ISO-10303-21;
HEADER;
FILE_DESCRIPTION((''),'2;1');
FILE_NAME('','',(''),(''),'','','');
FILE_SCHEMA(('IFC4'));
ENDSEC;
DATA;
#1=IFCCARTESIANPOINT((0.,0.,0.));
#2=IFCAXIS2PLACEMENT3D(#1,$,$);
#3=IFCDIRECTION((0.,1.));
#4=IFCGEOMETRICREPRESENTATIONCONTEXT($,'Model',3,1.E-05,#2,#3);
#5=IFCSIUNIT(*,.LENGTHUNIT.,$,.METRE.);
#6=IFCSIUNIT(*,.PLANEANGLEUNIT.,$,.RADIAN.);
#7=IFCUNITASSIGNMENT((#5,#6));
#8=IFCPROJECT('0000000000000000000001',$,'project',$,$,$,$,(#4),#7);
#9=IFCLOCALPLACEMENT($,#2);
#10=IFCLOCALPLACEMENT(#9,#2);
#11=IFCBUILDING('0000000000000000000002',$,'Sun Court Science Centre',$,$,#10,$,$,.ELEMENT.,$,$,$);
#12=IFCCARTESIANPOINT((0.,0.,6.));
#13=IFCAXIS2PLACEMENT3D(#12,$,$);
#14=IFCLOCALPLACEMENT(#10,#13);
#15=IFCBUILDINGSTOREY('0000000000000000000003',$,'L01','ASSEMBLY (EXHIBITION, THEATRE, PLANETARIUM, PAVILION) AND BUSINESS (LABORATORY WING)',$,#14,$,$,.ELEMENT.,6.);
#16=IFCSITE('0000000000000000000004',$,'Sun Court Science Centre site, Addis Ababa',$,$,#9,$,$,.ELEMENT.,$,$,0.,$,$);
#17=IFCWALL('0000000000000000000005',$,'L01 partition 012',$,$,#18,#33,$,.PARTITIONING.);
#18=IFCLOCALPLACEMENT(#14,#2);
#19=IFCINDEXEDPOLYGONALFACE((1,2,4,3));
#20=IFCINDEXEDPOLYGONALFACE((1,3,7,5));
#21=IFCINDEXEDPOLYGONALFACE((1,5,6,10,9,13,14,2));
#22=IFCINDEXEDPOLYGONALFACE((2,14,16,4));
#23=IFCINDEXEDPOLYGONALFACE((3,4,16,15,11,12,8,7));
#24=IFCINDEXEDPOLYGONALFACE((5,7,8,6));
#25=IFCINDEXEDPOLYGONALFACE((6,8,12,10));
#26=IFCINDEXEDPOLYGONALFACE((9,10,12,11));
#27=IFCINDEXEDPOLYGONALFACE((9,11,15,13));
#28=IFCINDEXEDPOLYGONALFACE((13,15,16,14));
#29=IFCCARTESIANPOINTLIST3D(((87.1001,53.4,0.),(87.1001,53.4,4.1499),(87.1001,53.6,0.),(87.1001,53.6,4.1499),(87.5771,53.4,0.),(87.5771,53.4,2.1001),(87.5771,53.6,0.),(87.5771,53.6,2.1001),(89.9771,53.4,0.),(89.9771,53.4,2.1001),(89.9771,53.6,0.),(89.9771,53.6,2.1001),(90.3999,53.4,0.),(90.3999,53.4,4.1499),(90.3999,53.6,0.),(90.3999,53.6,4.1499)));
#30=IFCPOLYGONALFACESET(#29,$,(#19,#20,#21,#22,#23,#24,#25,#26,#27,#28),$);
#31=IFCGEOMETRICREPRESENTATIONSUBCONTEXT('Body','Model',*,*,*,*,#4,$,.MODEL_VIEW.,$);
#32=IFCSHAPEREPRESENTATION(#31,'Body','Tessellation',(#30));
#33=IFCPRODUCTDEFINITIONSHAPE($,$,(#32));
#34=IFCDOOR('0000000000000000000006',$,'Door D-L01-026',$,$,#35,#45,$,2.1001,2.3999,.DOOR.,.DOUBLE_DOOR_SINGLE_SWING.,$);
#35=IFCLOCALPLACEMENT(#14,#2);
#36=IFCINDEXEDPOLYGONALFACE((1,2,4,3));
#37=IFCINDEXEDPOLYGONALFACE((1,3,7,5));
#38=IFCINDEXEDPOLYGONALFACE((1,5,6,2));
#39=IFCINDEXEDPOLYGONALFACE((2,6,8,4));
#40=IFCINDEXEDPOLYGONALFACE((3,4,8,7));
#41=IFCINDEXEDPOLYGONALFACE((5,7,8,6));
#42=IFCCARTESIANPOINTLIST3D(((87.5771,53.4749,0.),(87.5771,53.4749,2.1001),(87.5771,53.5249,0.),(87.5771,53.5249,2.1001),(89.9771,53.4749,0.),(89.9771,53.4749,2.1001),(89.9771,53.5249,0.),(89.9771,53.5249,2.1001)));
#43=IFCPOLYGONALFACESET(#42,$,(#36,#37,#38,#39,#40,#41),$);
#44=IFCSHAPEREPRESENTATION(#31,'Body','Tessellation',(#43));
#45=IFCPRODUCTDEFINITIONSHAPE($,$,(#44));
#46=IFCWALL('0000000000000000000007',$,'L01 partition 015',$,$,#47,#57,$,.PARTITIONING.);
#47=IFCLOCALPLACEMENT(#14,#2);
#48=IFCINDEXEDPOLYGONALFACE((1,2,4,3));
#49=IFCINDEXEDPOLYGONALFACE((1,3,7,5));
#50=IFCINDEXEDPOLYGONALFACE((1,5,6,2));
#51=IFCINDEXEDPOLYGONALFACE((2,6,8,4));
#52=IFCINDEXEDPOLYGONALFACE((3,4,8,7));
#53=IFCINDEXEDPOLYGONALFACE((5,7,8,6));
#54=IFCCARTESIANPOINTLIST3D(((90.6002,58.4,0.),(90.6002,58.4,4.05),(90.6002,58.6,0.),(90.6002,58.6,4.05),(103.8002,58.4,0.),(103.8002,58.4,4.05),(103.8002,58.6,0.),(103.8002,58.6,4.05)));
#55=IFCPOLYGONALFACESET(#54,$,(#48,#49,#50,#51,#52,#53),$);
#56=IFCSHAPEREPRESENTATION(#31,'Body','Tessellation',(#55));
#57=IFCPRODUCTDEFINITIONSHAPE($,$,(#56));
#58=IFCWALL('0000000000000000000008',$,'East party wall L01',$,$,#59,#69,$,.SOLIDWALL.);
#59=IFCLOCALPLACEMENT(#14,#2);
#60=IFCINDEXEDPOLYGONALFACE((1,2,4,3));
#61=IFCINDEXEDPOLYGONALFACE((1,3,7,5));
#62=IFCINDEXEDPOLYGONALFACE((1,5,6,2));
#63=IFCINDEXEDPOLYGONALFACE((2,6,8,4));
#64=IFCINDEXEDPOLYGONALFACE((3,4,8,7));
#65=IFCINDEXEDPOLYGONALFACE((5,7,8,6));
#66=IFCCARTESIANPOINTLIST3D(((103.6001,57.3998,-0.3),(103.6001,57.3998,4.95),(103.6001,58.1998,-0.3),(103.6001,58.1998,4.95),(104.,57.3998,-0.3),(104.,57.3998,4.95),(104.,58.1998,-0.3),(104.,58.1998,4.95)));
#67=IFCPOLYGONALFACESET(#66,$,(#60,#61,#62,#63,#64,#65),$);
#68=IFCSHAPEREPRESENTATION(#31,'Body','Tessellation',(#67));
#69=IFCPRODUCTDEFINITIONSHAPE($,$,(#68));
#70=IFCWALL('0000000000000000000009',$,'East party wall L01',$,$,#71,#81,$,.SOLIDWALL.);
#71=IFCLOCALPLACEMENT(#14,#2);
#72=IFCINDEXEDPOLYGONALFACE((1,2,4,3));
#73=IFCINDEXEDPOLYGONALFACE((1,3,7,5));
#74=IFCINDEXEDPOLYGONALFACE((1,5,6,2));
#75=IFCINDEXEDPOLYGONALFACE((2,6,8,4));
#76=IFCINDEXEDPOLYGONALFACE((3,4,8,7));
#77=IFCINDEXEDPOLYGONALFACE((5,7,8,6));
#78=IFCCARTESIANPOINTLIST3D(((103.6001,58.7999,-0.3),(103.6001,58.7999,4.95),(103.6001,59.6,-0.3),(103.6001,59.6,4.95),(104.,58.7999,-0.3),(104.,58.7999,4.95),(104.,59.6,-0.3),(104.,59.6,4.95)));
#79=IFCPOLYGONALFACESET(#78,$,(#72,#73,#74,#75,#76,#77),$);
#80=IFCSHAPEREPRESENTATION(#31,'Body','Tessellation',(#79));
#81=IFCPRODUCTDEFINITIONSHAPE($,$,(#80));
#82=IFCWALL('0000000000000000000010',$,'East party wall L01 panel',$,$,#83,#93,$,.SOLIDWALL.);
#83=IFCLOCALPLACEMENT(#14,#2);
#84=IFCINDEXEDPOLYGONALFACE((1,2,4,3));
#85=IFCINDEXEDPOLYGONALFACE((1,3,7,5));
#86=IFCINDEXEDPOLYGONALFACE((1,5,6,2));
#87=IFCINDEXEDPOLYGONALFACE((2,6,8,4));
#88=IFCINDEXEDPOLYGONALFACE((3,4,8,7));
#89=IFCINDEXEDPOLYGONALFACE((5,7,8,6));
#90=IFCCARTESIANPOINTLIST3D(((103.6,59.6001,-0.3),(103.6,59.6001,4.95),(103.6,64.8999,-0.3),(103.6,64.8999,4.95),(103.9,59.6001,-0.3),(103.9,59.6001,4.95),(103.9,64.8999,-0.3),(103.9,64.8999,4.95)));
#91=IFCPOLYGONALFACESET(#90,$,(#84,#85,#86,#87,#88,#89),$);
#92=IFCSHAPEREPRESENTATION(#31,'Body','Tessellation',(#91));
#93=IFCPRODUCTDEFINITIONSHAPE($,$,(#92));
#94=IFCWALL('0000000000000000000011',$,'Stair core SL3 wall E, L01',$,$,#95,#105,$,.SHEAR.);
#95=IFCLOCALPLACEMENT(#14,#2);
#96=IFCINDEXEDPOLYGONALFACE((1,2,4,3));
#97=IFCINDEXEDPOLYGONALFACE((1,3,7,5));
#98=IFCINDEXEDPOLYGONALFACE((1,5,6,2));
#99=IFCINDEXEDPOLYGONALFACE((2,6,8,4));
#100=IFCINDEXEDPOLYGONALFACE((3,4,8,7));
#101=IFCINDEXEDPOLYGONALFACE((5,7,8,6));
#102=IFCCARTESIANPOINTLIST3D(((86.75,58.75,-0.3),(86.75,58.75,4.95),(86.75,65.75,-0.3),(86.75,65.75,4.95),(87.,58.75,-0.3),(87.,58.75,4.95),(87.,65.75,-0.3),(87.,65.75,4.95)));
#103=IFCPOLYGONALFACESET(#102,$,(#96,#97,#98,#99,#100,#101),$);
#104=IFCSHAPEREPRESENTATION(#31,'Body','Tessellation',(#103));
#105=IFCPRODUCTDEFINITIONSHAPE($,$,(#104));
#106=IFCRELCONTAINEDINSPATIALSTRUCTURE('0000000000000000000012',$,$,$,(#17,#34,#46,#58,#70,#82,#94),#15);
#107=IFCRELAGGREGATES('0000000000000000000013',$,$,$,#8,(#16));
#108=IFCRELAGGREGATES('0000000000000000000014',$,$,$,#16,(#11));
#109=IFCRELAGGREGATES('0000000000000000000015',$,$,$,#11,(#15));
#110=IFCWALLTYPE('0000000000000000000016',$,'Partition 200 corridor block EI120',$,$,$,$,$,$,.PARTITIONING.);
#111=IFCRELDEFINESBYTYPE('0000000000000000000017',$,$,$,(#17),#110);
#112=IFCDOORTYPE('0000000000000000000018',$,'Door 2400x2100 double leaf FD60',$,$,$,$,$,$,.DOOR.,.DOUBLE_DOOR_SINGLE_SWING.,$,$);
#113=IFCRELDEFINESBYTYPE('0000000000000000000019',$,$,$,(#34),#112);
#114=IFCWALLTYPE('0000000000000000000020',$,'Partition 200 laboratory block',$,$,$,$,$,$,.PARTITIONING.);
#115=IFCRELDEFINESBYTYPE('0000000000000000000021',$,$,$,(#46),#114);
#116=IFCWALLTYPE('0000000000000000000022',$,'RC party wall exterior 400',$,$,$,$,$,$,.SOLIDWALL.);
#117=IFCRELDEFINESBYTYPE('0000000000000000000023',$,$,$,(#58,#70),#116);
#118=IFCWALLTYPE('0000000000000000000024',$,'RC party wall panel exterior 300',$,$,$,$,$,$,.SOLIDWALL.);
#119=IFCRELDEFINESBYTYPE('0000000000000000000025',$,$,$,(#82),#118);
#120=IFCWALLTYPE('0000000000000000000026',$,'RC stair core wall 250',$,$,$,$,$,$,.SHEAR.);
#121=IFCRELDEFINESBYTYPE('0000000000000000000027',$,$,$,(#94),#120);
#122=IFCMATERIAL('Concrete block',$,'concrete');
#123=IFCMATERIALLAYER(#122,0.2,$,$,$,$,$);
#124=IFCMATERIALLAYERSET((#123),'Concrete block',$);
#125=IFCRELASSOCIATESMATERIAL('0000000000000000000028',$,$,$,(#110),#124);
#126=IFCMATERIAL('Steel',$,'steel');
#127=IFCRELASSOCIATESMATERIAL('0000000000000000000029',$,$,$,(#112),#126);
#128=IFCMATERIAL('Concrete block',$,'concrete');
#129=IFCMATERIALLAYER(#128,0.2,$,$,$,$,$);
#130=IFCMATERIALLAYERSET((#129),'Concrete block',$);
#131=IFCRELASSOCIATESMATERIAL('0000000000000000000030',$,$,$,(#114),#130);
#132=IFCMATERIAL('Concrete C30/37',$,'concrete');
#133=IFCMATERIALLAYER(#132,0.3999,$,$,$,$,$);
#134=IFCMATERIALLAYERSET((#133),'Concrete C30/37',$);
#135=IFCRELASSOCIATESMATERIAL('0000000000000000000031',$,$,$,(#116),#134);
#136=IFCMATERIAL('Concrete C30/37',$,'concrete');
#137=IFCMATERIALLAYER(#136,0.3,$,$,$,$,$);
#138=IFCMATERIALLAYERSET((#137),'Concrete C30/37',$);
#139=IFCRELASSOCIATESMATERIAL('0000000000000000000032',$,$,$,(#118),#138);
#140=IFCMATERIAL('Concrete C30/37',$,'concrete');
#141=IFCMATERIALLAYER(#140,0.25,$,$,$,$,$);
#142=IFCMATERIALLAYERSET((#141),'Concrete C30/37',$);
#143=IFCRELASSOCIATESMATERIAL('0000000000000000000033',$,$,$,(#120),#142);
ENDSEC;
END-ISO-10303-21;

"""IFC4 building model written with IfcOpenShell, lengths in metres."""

from ifc_helpers import new_model, si_unit, direction, frame, frame_2d, origin, place, context, subcontext, project, spatial, rectangle, extrude, material, layer, layer_set, type_object, element, fill, save


model = new_model("IFC4")

# Units and contexts
model_context = context("Model", 3, precision=1e-05, world=origin(), true_north=direction((0.0, 1.0)))
body_context = subcontext(model_context, "Body", "Model", "MODEL_VIEW")
ifc_project = project(units=[si_unit("LENGTHUNIT", "METRE"), si_unit("PLANEANGLEUNIT", "RADIAN")], contexts=[model_context])

# Site, building, storey
site_placement = place(None, origin())
site = spatial("IfcSite", under=ifc_project, at=site_placement, Name="Sun Court Science Centre site, Addis Ababa", CompositionType="ELEMENT", RefElevation=0.0)
building_placement = place(site_placement, origin())
building = spatial("IfcBuilding", under=site, at=building_placement, Name="Sun Court Science Centre", CompositionType="ELEMENT")
storey_placement = place(building_placement, frame((0.0, 0.0, 6.0)))
storey = spatial("IfcBuildingStorey", under=building, at=storey_placement, Name="L01", Description="ASSEMBLY (EXHIBITION, THEATRE, PLANETARIUM, PAVILION) AND BUSINESS (LABORATORY WING)", CompositionType="ELEMENT", Elevation=6.0)

# Wall, opening, door
ifc_material_1 = material(Name="Concrete block", Category="concrete")
ifc_layer_1 = layer(ifc_material_1, 0.2)
ifc_layer_set_1 = layer_set([ifc_layer_1], Name="Concrete block")
wall_type_1 = type_object("IfcWallType", Name="Partition 200 corridor block EI120", PredefinedType="PARTITIONING", material=ifc_layer_set_1)
wall_1_placement = place(storey_placement, frame((87.1001, 53.5, 0.0), z_axis=(0.0, 0.0, 1.0), x_axis=(1.0, 0.0, 0.0)))
wall_1 = element("IfcWall", 1, at=wall_1_placement, inside=storey, type_object=wall_type_1, Name="L01 partition 012", PredefinedType="PARTITIONING", context=body_context, shape_type="SweptSolid", body=[
    extrude(rectangle(XDim=3.2998, YDim=0.2, at=frame_2d((1.6499, 0.0))), origin(), (0.0, 0.0, 1.0), 4.1499),
])
opening_placement = place(wall_1_placement, frame((0.4771, 0.0, 0.0)))
opening = element("IfcOpeningElement", 2, at=opening_placement, cuts=wall_1, PredefinedType="OPENING", context=body_context, shape_type="SweptSolid", body=[
    extrude(rectangle(XDim=2.3999, YDim=2.1001, at=frame_2d((1.2, 1.05))), frame((0.0, 0.1099, 0.0), z_axis=(0.0, -1.0, 0.0), x_axis=(1.0, 0.0, 0.0)), (0.0, 0.0, 1.0), 0.22),
])
ifc_material_2 = material(Name="Steel", Category="steel")
door_type = type_object("IfcDoorType", Name="Door 2400x2100 double leaf FD60", OperationType="DOUBLE_DOOR_SINGLE_SWING", PredefinedType="DOOR", material=ifc_material_2)
door_placement = place(opening_placement, origin())
door = element("IfcDoor", 3, at=door_placement, inside=storey, type_object=door_type, Name="Door D-L01-026", OperationType="DOUBLE_DOOR_SINGLE_SWING", OverallHeight=2.1001, OverallWidth=2.3999, PredefinedType="DOOR", context=body_context, shape_type="SweptSolid", body=[
    extrude(rectangle(XDim=2.3999, YDim=2.1001, at=frame_2d((1.2, 1.05))), frame((0.0, 0.0249, 0.0), z_axis=(0.0, -1.0, 0.0), x_axis=(1.0, 0.0, 0.0)), (0.0, 0.0, 1.0), 0.05),
])
fill(opening, door)

# Walls
ifc_material_3 = material(Name="Concrete block", Category="concrete")
ifc_layer_2 = layer(ifc_material_3, 0.2)
ifc_layer_set_2 = layer_set([ifc_layer_2], Name="Concrete block")
wall_type_2 = type_object("IfcWallType", Name="Partition 200 laboratory block", PredefinedType="PARTITIONING", material=ifc_layer_set_2)
wall_2_placement = place(storey_placement, frame((90.6001, 58.5, 0.0), z_axis=(0.0, 0.0, 1.0), x_axis=(1.0, 0.0, 0.0)))
element("IfcWall", 4, at=wall_2_placement, inside=storey, type_object=wall_type_2, Name="L01 partition 015", PredefinedType="PARTITIONING", context=body_context, shape_type="SweptSolid", body=[
    extrude(rectangle(XDim=13.2, YDim=0.2, at=frame_2d((6.6001, 0.0))), origin(), (0.0, 0.0, 1.0), 4.05),
])
ifc_material_4 = material(Name="Concrete C30/37", Category="concrete")
ifc_layer_3 = layer(ifc_material_4, 0.3999)
ifc_layer_set_3 = layer_set([ifc_layer_3], Name="Concrete C30/37")
wall_type_3 = type_object("IfcWallType", Name="RC party wall exterior 400", PredefinedType="SOLIDWALL", material=ifc_layer_set_3)
for number, where, z_axis, x_axis, name in (
    (5, (103.8, 57.3999, -0.3), (0.0, 0.0, 1.0), (0.0, 1.0, 0.0), "East party wall L01"),
    (6, (103.8, 58.8, -0.3), (0.0, 0.0, 1.0), (0.0, 1.0, 0.0), "East party wall L01"),
):
    element("IfcWall", number, at=place(storey_placement, frame(where, z_axis=z_axis, x_axis=x_axis)), inside=storey, type_object=wall_type_3, Name=name, PredefinedType="SOLIDWALL", context=body_context, shape_type="SweptSolid", body=[
        extrude(rectangle(XDim=0.8, YDim=0.3999, at=frame_2d((0.3999, 0.0))), origin(), (0.0, 0.0, 1.0), 5.25),
    ])
ifc_material_5 = material(Name="Concrete C30/37", Category="concrete")
ifc_layer_4 = layer(ifc_material_5, 0.3)
ifc_layer_set_4 = layer_set([ifc_layer_4], Name="Concrete C30/37")
wall_type_4 = type_object("IfcWallType", Name="RC party wall panel exterior 300", PredefinedType="SOLIDWALL", material=ifc_layer_set_4)
wall_3_placement = place(storey_placement, frame((103.75, 59.6001, -0.3), z_axis=(0.0, 0.0, 1.0), x_axis=(0.0, 1.0, 0.0)))
element("IfcWall", 7, at=wall_3_placement, inside=storey, type_object=wall_type_4, Name="East party wall L01 panel", PredefinedType="SOLIDWALL", context=body_context, shape_type="SweptSolid", body=[
    extrude(rectangle(XDim=5.2998, YDim=0.3, at=frame_2d((2.6499, 0.0))), origin(), (0.0, 0.0, 1.0), 5.25),
])
ifc_material_6 = material(Name="Concrete C30/37", Category="concrete")
ifc_layer_5 = layer(ifc_material_6, 0.25)
ifc_layer_set_5 = layer_set([ifc_layer_5], Name="Concrete C30/37")
wall_type_5 = type_object("IfcWallType", Name="RC stair core wall 250", PredefinedType="SHEAR", material=ifc_layer_set_5)
wall_4_placement = place(storey_placement, frame((86.875, 58.75, -0.3), z_axis=(0.0, 0.0, 1.0), x_axis=(0.0, 1.0, 0.0)))
element("IfcWall", 8, at=wall_4_placement, inside=storey, type_object=wall_type_5, Name="Stair core SL3 wall E, L01", PredefinedType="SHEAR", context=body_context, shape_type="SweptSolid", body=[
    extrude(rectangle(XDim=7.0, YDim=0.25, at=frame_2d((3.5, 0.0))), origin(), (0.0, 0.0, 1.0), 5.25),
])

save(model, "model.ifc")
